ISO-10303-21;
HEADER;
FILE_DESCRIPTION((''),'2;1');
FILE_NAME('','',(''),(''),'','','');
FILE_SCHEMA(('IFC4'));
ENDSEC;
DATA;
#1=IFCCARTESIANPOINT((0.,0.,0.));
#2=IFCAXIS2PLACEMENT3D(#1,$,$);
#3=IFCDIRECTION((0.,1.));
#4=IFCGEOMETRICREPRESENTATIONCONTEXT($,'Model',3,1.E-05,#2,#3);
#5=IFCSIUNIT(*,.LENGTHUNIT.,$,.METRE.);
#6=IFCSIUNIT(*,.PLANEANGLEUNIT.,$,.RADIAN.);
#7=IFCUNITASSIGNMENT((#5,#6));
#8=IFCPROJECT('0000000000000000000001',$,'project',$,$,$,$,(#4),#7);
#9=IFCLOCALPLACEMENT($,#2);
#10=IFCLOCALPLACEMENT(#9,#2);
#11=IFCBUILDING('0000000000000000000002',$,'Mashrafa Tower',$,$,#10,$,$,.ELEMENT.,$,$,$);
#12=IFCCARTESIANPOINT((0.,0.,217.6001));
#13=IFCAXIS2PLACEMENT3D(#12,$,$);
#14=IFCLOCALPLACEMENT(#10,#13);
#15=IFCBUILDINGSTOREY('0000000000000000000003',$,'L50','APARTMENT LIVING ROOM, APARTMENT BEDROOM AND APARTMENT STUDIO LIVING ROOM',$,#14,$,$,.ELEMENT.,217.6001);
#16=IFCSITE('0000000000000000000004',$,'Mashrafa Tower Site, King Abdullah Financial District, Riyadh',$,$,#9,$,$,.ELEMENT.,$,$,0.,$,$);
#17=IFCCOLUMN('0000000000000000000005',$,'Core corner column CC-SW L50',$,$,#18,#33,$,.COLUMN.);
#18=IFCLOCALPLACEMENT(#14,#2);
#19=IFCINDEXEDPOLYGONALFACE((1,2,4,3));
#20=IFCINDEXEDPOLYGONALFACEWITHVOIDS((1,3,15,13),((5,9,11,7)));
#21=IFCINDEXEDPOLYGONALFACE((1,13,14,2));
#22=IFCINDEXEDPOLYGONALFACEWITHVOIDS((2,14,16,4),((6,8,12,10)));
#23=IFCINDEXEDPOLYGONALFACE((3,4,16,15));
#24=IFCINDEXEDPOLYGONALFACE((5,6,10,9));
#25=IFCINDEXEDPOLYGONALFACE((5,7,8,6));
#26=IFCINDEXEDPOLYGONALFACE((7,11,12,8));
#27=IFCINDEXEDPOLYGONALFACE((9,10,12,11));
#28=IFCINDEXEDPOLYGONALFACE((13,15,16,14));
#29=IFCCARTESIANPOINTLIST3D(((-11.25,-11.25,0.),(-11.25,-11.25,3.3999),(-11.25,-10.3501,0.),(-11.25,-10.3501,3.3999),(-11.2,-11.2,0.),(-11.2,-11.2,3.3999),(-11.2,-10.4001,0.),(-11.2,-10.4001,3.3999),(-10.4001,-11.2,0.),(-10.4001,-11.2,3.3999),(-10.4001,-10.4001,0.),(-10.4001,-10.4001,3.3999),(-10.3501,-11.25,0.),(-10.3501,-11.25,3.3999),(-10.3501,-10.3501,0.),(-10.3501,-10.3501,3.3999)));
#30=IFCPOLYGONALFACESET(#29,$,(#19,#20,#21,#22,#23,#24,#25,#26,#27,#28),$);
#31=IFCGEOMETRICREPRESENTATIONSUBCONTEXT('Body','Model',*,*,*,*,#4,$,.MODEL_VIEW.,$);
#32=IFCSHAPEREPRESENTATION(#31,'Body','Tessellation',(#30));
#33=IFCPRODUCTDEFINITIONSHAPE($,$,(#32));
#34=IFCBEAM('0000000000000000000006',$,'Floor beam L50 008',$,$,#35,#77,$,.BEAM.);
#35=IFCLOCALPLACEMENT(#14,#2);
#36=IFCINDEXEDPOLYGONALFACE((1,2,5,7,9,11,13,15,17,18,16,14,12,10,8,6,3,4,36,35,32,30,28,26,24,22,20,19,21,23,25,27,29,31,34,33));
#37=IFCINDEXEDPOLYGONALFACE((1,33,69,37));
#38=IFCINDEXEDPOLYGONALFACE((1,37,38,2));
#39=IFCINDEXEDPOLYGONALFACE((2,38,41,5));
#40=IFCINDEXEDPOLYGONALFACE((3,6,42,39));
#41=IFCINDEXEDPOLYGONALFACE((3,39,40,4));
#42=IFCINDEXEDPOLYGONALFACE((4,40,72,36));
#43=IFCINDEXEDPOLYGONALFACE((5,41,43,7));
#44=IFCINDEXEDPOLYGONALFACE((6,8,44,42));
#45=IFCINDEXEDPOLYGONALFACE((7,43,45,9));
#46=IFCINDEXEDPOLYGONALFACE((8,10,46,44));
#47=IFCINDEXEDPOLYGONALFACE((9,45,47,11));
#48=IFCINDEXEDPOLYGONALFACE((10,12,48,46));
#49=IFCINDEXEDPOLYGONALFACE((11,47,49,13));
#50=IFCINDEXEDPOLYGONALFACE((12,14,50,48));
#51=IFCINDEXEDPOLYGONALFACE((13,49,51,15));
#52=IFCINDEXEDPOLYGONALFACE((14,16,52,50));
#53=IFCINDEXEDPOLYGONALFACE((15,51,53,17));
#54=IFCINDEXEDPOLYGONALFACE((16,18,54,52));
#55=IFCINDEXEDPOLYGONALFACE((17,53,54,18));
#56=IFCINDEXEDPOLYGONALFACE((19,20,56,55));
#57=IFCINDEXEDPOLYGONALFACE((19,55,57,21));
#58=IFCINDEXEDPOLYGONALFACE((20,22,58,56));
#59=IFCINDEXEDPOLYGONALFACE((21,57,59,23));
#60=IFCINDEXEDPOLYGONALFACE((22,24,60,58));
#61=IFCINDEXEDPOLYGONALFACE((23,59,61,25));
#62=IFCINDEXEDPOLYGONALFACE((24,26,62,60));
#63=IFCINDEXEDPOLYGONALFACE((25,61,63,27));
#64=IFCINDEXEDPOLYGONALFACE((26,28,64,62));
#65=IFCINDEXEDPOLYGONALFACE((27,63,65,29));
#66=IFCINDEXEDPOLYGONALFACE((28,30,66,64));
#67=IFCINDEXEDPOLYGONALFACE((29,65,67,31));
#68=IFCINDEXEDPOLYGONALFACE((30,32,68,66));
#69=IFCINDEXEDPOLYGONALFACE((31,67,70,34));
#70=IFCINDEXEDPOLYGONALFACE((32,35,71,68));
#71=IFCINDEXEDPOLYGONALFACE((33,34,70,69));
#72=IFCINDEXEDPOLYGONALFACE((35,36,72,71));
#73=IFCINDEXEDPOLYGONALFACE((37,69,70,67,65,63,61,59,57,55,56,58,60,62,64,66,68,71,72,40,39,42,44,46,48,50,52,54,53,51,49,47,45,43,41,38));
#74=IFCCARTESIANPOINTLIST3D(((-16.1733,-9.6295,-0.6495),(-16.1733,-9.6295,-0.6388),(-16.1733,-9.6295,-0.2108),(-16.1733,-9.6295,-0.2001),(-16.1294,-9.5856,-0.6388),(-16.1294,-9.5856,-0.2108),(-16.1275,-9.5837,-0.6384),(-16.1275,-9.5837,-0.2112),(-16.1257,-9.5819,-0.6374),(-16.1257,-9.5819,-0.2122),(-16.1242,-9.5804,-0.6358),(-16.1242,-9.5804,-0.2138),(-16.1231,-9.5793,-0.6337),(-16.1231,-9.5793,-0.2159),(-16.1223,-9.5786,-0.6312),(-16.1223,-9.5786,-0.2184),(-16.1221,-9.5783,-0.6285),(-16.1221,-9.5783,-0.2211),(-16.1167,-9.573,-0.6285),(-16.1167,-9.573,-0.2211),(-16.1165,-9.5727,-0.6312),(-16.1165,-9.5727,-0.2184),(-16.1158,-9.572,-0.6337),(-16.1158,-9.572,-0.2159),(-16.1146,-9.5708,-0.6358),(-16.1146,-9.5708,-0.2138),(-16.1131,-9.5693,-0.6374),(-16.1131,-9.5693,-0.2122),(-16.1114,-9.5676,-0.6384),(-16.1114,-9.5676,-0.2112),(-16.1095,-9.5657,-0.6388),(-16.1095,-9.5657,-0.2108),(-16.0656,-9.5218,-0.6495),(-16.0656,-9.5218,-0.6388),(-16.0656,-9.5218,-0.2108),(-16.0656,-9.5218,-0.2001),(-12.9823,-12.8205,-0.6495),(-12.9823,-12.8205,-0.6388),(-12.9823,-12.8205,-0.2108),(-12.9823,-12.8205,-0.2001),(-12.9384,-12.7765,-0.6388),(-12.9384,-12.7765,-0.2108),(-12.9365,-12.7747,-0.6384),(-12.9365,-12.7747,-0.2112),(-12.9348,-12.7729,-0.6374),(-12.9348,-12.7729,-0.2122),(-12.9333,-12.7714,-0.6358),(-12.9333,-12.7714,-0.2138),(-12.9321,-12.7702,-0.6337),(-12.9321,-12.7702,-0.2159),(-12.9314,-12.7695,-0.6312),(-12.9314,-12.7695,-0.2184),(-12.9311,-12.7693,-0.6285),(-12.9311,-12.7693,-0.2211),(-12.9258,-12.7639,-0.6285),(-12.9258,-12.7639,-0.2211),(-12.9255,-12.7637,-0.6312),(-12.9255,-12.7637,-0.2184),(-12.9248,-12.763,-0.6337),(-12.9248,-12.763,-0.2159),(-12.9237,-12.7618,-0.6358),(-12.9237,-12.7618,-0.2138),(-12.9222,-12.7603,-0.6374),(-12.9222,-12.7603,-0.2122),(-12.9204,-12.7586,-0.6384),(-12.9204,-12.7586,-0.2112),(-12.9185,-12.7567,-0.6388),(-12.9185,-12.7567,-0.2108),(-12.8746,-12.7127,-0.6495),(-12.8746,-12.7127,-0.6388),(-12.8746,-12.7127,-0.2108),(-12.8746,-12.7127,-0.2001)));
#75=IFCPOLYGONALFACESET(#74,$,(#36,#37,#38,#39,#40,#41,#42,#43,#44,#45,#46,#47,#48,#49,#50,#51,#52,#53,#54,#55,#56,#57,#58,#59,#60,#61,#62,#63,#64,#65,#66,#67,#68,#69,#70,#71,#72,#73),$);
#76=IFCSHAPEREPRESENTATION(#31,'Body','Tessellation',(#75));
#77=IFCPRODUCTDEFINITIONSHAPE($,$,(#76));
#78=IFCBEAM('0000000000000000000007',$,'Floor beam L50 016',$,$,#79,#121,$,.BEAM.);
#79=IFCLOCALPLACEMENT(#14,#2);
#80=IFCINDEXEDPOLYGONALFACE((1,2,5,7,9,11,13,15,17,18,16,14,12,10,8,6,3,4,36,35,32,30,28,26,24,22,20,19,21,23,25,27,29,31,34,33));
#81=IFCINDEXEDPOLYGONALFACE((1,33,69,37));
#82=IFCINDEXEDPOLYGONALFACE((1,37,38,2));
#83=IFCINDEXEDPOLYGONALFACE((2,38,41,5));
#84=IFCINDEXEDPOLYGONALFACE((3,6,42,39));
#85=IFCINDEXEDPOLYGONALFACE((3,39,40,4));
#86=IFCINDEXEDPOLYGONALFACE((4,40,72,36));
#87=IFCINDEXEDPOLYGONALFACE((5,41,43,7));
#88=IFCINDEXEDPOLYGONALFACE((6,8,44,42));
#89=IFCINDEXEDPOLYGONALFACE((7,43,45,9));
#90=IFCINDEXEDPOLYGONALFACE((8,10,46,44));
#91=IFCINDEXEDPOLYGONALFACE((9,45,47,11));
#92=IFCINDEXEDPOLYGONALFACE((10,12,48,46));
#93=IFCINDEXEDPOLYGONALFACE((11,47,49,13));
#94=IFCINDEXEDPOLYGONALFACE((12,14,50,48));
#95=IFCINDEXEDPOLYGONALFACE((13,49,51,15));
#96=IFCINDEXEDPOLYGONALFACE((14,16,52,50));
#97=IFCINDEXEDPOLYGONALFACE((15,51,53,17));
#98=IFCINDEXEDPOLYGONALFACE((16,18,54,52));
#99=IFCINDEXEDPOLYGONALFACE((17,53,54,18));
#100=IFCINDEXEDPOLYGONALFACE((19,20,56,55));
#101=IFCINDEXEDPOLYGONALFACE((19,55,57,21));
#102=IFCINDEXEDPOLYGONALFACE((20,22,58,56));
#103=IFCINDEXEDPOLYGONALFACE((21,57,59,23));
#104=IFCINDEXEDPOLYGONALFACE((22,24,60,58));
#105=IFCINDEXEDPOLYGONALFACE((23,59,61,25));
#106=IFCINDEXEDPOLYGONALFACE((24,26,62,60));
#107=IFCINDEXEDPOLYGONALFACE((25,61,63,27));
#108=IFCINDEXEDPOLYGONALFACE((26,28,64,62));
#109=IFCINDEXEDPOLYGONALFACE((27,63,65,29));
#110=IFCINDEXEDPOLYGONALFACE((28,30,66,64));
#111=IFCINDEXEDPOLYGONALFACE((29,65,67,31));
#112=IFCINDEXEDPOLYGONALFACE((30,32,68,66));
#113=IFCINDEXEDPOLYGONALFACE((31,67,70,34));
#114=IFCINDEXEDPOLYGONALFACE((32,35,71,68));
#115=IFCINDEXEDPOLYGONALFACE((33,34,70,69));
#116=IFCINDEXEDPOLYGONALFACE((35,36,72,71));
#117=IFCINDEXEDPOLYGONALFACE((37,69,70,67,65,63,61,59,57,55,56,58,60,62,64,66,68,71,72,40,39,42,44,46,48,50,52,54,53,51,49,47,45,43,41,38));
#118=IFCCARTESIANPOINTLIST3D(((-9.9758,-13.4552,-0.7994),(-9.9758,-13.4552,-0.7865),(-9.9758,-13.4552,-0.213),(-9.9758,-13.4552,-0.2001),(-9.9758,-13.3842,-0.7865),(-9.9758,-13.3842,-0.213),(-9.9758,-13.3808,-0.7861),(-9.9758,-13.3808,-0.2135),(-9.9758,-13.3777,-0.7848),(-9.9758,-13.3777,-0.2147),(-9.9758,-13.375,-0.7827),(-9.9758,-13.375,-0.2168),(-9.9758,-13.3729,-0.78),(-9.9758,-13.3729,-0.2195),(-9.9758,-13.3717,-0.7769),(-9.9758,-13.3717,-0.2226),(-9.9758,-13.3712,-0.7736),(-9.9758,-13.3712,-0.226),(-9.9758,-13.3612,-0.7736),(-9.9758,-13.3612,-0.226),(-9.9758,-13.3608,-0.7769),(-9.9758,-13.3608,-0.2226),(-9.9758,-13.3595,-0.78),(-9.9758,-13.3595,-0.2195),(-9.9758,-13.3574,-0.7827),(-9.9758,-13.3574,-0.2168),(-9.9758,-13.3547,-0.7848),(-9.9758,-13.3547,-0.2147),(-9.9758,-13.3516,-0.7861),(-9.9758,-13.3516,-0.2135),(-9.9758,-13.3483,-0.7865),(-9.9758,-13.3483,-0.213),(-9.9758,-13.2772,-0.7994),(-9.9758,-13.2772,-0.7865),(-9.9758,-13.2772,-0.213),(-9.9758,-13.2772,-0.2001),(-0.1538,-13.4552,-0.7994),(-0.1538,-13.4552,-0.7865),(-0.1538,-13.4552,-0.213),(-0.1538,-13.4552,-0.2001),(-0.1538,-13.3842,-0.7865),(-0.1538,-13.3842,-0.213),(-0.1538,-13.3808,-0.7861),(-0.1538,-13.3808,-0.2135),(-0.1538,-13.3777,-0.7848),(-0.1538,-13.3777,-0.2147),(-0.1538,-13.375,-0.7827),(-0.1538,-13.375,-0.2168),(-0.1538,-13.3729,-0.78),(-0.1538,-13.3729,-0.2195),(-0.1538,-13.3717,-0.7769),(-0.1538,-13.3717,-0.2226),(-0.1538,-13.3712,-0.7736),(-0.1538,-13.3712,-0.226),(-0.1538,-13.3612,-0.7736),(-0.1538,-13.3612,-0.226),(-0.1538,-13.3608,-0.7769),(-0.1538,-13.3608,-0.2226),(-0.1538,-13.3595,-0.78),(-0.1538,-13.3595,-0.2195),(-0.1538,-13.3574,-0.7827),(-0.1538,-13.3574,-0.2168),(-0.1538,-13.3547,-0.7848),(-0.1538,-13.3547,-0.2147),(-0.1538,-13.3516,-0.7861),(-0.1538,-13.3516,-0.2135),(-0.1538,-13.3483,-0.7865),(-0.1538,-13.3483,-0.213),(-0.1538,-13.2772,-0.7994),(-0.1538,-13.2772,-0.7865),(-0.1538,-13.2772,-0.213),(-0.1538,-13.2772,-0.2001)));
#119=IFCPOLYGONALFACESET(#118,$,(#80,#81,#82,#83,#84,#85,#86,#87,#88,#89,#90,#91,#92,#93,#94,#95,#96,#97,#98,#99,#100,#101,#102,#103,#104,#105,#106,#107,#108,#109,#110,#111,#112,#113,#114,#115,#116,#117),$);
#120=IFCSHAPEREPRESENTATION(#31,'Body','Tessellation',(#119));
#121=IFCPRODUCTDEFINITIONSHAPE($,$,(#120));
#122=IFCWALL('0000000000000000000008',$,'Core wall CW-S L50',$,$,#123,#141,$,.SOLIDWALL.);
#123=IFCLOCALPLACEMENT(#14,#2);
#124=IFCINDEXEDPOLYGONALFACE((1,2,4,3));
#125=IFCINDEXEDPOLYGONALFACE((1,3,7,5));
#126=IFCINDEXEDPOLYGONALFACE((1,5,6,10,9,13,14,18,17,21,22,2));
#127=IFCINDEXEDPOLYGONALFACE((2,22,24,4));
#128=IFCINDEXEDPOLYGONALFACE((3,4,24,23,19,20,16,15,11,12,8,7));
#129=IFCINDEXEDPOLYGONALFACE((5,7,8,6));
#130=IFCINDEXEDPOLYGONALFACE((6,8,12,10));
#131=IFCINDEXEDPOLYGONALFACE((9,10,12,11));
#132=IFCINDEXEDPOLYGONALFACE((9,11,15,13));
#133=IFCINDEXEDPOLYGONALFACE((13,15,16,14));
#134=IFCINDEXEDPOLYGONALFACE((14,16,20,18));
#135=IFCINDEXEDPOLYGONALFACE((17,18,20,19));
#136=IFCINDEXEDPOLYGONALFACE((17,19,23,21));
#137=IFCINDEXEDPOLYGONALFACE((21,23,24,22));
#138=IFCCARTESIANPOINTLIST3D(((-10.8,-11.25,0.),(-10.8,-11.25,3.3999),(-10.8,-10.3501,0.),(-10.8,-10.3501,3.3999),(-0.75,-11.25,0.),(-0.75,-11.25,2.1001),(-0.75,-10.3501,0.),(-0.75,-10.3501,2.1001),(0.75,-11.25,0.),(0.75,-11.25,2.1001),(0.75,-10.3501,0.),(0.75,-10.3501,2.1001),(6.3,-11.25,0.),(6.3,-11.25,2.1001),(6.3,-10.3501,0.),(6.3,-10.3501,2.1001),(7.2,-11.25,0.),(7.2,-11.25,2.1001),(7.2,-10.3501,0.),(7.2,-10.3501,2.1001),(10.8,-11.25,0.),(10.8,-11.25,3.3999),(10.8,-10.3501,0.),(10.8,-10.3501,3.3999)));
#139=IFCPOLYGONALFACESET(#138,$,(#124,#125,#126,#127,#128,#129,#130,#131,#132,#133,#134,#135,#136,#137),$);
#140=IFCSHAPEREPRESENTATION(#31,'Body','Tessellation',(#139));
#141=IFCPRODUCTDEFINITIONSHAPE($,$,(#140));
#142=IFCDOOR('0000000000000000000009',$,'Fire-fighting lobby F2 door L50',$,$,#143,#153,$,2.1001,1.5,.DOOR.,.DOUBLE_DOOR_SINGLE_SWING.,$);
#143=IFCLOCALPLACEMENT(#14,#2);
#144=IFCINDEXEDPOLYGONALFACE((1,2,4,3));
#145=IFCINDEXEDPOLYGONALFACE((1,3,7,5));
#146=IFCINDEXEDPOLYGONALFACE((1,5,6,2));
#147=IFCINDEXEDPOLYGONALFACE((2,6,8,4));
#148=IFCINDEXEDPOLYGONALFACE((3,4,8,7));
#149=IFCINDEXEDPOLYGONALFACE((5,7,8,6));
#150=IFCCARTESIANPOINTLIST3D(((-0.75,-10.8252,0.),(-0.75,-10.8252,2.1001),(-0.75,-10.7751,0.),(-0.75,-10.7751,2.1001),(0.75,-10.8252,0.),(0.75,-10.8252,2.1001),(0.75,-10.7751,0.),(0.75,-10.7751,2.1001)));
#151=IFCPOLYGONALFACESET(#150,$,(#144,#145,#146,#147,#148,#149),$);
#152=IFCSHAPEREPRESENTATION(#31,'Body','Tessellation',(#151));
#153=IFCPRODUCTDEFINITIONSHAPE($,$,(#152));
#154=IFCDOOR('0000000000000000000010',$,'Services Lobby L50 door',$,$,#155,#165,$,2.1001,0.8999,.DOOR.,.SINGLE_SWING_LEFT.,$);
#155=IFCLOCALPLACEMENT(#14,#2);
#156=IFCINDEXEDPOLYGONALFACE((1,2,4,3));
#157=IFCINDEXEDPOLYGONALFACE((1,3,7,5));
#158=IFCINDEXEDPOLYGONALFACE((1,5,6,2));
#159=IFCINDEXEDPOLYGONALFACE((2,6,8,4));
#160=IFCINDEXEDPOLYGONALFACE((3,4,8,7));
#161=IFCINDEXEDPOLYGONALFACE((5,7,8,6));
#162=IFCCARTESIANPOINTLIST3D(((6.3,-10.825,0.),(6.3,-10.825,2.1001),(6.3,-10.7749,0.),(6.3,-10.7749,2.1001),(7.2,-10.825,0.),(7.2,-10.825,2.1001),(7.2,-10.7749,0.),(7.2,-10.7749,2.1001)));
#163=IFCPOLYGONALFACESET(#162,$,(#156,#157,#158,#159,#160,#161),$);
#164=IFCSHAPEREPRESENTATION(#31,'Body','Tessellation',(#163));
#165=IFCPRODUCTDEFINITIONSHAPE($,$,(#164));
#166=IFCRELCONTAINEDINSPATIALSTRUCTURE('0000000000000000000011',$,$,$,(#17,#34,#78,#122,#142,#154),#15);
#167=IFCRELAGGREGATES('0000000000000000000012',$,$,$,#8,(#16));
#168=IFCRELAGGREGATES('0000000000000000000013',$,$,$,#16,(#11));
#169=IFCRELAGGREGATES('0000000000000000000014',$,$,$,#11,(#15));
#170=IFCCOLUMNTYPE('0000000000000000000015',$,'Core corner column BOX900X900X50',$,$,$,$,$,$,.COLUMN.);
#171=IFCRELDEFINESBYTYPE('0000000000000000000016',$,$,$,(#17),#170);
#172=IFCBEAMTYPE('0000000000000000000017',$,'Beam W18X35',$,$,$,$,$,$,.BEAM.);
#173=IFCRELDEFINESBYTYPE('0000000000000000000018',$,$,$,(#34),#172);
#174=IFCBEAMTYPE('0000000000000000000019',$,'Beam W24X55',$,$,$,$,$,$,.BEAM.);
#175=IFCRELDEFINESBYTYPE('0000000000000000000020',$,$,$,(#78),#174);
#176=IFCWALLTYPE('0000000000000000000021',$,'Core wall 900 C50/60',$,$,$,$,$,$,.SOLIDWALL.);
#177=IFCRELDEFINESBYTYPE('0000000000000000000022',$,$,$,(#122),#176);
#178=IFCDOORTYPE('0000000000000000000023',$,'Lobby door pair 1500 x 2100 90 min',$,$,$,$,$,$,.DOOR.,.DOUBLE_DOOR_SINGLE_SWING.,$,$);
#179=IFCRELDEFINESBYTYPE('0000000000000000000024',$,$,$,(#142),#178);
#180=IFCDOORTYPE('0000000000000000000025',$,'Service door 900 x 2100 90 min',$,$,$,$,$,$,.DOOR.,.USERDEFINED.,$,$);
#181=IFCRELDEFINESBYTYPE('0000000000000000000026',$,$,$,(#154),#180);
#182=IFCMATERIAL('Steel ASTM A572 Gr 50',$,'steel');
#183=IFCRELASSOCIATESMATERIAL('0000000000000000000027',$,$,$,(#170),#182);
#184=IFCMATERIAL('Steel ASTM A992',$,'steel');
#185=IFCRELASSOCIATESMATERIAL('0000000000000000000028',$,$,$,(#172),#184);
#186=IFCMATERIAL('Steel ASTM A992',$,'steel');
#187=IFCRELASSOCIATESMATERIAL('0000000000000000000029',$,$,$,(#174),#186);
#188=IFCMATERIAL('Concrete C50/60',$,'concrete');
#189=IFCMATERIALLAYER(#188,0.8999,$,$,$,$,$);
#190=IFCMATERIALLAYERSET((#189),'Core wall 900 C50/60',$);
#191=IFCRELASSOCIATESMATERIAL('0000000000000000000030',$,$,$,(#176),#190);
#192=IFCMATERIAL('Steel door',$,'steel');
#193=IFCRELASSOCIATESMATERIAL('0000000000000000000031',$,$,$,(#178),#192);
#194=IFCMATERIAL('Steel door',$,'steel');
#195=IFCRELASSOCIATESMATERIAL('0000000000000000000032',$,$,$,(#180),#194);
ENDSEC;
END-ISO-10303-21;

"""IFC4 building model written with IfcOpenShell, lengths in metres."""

from ifc_helpers import new_model, si_unit, direction, frame, frame_2d, origin, origin_2d, place, context, subcontext, project, spatial, rectangle, hollow_rectangle, i_section, extrude, material, layer, layer_set, material_profile, profile_set, type_object, element, fill, save


model = new_model("IFC4")

# Units and contexts
model_context = context("Model", 3, precision=1e-05, world=origin(), true_north=direction((0.0, 1.0)))
body_context = subcontext(model_context, "Body", "Model", "MODEL_VIEW")
ifc_project = project(units=[si_unit("LENGTHUNIT", "METRE"), si_unit("PLANEANGLEUNIT", "RADIAN")], contexts=[model_context])

# Site, building, storey
site_placement = place(None, origin())
site = spatial("IfcSite", under=ifc_project, at=site_placement, Name="Mashrafa Tower Site, King Abdullah Financial District, Riyadh", CompositionType="ELEMENT", RefElevation=0.0)
building_placement = place(site_placement, origin())
building = spatial("IfcBuilding", under=site, at=building_placement, Name="Mashrafa Tower", CompositionType="ELEMENT")
storey_placement = place(building_placement, frame((0.0, 0.0, 217.6001)))
storey = spatial("IfcBuildingStorey", under=building, at=storey_placement, Name="L50", Description="APARTMENT LIVING ROOM, APARTMENT BEDROOM AND APARTMENT STUDIO LIVING ROOM", CompositionType="ELEMENT", Elevation=217.6001)

# Column
ifc_material_1 = material(Name="Steel ASTM A572 Gr 50", Category="steel")
ifc_material_profile_1 = material_profile(ifc_material_1, hollow_rectangle(XDim=0.8999, YDim=0.8999, WallThickness=0.05, at=origin_2d()), Name="BOX900X900X50")
ifc_profile_set_1 = profile_set([ifc_material_profile_1], Name="Steel ASTM A572 Gr 50")
column_type = type_object("IfcColumnType", Name="Core corner column BOX900X900X50", PredefinedType="COLUMN", material=ifc_profile_set_1)
column_placement = place(storey_placement, frame((-10.8, -10.8, 0.0), z_axis=(0.0, 0.0, 1.0), x_axis=(1.0, 0.0, 0.0)))
element("IfcColumn", 1, at=column_placement, inside=storey, type_object=column_type, Name="Core corner column CC-SW L50", PredefinedType="COLUMN", context=body_context, shape_type="SweptSolid", body=[
    extrude(hollow_rectangle(XDim=0.8999, YDim=0.8999, WallThickness=0.05, at=origin_2d()), origin(), (0.0, 0.0, 1.0), 3.3999),
])

# Beams
ifc_material_2 = material(Name="Steel ASTM A992", Category="steel")
ifc_material_profile_2 = material_profile(ifc_material_2, i_section(OverallWidth=0.1523, OverallDepth=0.4495, WebThickness=0.0076, FlangeThickness=0.0107, FilletRadius=0.0103, at=origin_2d()), Name="W18X35")
ifc_profile_set_2 = profile_set([ifc_material_profile_2], Name="Steel ASTM A992")
beam_type_1 = type_object("IfcBeamType", Name="Beam W18X35", PredefinedType="BEAM", material=ifc_profile_set_2)
beam_1_placement = place(storey_placement, frame((-12.9285, -12.7666, -0.4248), z_axis=(-0.707107, 0.707107, 0.0), x_axis=(-0.707107, -0.707107, 0.0)))
element("IfcBeam", 2, at=beam_1_placement, inside=storey, type_object=beam_type_1, Name="Floor beam L50 008", PredefinedType="BEAM", context=body_context, shape_type="SweptSolid", body=[
    extrude(i_section(OverallWidth=0.1523, OverallDepth=0.4495, WebThickness=0.0076, FlangeThickness=0.0107, FilletRadius=0.0103, at=origin_2d()), origin(), (0.0, 0.0, 1.0), 4.5127),
])
ifc_material_3 = material(Name="Steel ASTM A992", Category="steel")
ifc_material_profile_3 = material_profile(ifc_material_3, i_section(OverallWidth=0.178, OverallDepth=0.5994, WebThickness=0.01, FlangeThickness=0.0129, FilletRadius=0.0129, at=origin_2d()), Name="W24X55")
ifc_profile_set_3 = profile_set([ifc_material_profile_3], Name="Steel ASTM A992")
beam_type_2 = type_object("IfcBeamType", Name="Beam W24X55", PredefinedType="BEAM", material=ifc_profile_set_3)
beam_2_placement = place(storey_placement, frame((-0.1538, -13.3662, -0.4998), z_axis=(-1.0, 0.0, 0.0), x_axis=(0.0, -1.0, 0.0)))
element("IfcBeam", 3, at=beam_2_placement, inside=storey, type_object=beam_type_2, Name="Floor beam L50 016", PredefinedType="BEAM", context=body_context, shape_type="SweptSolid", body=[
    extrude(i_section(OverallWidth=0.178, OverallDepth=0.5994, WebThickness=0.01, FlangeThickness=0.0129, FilletRadius=0.0129, at=origin_2d()), origin(), (0.0, 0.0, 1.0), 9.822),
])

# Wall, openings, doors
ifc_material_4 = material(Name="Concrete C50/60", Category="concrete")
ifc_layer_1 = layer(ifc_material_4, 0.8999)
ifc_layer_set_1 = layer_set([ifc_layer_1], Name="Core wall 900 C50/60")
wall_type_1 = type_object("IfcWallType", Name="Core wall 900 C50/60", PredefinedType="SOLIDWALL", material=ifc_layer_set_1)
wall_1_placement = place(storey_placement, frame((-10.8, -10.8, 0.0), z_axis=(0.0, 0.0, 1.0), x_axis=(1.0, 0.0, 0.0)))
wall_1 = element("IfcWall", 4, at=wall_1_placement, inside=storey, type_object=wall_type_1, Name="Core wall CW-S L50", PredefinedType="SOLIDWALL", context=body_context, shape_type="SweptSolid", body=[
    extrude(rectangle(XDim=21.6001, YDim=0.8999, at=frame_2d((10.8, 0.0))), origin(), (0.0, 0.0, 1.0), 3.3999),
])
opening_1_placement = place(wall_1_placement, frame((10.05, 0.0, 0.0)))
opening_1 = element("IfcOpeningElement", 5, at=opening_1_placement, cuts=wall_1, PredefinedType="OPENING", context=body_context, shape_type="SweptSolid", body=[
    extrude(rectangle(XDim=1.5, YDim=2.1001, at=frame_2d((0.75, 1.05))), frame((0.0, 0.46, 0.0), z_axis=(0.0, -1.0, 0.0), x_axis=(1.0, 0.0, 0.0)), (0.0, 0.0, 1.0), 0.9199),
])
opening_2_placement = place(wall_1_placement, frame((17.1001, 0.0, 0.0)))
opening_2 = element("IfcOpeningElement", 6, at=opening_2_placement, cuts=wall_1, PredefinedType="OPENING", context=body_context, shape_type="SweptSolid", body=[
    extrude(rectangle(XDim=0.8999, YDim=2.1001, at=frame_2d((0.45, 1.05))), frame((0.0, 0.46, 0.0), z_axis=(0.0, -1.0, 0.0), x_axis=(1.0, 0.0, 0.0)), (0.0, 0.0, 1.0), 0.9199),
])
ifc_material_5 = material(Name="Steel door", Category="steel")
door_type_1 = type_object("IfcDoorType", Name="Lobby door pair 1500 x 2100 90 min", OperationType="DOUBLE_DOOR_SINGLE_SWING", PredefinedType="DOOR", material=ifc_material_5)
door_1_placement = place(opening_1_placement, origin())
door_1 = element("IfcDoor", 7, at=door_1_placement, inside=storey, type_object=door_type_1, Name="Fire-fighting lobby F2 door L50", OperationType="DOUBLE_DOOR_SINGLE_SWING", OverallHeight=2.1001, OverallWidth=1.5, PredefinedType="DOOR", context=body_context, shape_type="SweptSolid", body=[
    extrude(rectangle(XDim=1.5, YDim=2.1001, at=frame_2d((0.75, 1.05))), frame((0.0, 0.0249, 0.0), z_axis=(0.0, -1.0, 0.0), x_axis=(1.0, 0.0, 0.0)), (0.0, 0.0, 1.0), 0.05),
])
fill(opening_1, door_1)
ifc_material_6 = material(Name="Steel door", Category="steel")
door_type_2 = type_object("IfcDoorType", Name="Service door 900 x 2100 90 min", OperationType="USERDEFINED", PredefinedType="DOOR", material=ifc_material_6)
door_2_placement = place(opening_2_placement, frame((0.8999, 0.0, 0.0), z_axis=(0.0, 0.0, 1.0), x_axis=(-1.0, 0.0, 0.0)))
door_2 = element("IfcDoor", 8, at=door_2_placement, inside=storey, type_object=door_type_2, Name="Services Lobby L50 door", OperationType="SINGLE_SWING_LEFT", OverallHeight=2.1001, OverallWidth=0.8999, PredefinedType="DOOR", context=body_context, shape_type="SweptSolid", body=[
    extrude(rectangle(XDim=0.8999, YDim=2.1001, at=frame_2d((0.45, 1.05))), frame((0.0, 0.0249, 0.0), z_axis=(0.0, -1.0, 0.0), x_axis=(1.0, 0.0, 0.0)), (0.0, 0.0, 1.0), 0.05),
])
fill(opening_2, door_2)

save(model, "model.ifc")
